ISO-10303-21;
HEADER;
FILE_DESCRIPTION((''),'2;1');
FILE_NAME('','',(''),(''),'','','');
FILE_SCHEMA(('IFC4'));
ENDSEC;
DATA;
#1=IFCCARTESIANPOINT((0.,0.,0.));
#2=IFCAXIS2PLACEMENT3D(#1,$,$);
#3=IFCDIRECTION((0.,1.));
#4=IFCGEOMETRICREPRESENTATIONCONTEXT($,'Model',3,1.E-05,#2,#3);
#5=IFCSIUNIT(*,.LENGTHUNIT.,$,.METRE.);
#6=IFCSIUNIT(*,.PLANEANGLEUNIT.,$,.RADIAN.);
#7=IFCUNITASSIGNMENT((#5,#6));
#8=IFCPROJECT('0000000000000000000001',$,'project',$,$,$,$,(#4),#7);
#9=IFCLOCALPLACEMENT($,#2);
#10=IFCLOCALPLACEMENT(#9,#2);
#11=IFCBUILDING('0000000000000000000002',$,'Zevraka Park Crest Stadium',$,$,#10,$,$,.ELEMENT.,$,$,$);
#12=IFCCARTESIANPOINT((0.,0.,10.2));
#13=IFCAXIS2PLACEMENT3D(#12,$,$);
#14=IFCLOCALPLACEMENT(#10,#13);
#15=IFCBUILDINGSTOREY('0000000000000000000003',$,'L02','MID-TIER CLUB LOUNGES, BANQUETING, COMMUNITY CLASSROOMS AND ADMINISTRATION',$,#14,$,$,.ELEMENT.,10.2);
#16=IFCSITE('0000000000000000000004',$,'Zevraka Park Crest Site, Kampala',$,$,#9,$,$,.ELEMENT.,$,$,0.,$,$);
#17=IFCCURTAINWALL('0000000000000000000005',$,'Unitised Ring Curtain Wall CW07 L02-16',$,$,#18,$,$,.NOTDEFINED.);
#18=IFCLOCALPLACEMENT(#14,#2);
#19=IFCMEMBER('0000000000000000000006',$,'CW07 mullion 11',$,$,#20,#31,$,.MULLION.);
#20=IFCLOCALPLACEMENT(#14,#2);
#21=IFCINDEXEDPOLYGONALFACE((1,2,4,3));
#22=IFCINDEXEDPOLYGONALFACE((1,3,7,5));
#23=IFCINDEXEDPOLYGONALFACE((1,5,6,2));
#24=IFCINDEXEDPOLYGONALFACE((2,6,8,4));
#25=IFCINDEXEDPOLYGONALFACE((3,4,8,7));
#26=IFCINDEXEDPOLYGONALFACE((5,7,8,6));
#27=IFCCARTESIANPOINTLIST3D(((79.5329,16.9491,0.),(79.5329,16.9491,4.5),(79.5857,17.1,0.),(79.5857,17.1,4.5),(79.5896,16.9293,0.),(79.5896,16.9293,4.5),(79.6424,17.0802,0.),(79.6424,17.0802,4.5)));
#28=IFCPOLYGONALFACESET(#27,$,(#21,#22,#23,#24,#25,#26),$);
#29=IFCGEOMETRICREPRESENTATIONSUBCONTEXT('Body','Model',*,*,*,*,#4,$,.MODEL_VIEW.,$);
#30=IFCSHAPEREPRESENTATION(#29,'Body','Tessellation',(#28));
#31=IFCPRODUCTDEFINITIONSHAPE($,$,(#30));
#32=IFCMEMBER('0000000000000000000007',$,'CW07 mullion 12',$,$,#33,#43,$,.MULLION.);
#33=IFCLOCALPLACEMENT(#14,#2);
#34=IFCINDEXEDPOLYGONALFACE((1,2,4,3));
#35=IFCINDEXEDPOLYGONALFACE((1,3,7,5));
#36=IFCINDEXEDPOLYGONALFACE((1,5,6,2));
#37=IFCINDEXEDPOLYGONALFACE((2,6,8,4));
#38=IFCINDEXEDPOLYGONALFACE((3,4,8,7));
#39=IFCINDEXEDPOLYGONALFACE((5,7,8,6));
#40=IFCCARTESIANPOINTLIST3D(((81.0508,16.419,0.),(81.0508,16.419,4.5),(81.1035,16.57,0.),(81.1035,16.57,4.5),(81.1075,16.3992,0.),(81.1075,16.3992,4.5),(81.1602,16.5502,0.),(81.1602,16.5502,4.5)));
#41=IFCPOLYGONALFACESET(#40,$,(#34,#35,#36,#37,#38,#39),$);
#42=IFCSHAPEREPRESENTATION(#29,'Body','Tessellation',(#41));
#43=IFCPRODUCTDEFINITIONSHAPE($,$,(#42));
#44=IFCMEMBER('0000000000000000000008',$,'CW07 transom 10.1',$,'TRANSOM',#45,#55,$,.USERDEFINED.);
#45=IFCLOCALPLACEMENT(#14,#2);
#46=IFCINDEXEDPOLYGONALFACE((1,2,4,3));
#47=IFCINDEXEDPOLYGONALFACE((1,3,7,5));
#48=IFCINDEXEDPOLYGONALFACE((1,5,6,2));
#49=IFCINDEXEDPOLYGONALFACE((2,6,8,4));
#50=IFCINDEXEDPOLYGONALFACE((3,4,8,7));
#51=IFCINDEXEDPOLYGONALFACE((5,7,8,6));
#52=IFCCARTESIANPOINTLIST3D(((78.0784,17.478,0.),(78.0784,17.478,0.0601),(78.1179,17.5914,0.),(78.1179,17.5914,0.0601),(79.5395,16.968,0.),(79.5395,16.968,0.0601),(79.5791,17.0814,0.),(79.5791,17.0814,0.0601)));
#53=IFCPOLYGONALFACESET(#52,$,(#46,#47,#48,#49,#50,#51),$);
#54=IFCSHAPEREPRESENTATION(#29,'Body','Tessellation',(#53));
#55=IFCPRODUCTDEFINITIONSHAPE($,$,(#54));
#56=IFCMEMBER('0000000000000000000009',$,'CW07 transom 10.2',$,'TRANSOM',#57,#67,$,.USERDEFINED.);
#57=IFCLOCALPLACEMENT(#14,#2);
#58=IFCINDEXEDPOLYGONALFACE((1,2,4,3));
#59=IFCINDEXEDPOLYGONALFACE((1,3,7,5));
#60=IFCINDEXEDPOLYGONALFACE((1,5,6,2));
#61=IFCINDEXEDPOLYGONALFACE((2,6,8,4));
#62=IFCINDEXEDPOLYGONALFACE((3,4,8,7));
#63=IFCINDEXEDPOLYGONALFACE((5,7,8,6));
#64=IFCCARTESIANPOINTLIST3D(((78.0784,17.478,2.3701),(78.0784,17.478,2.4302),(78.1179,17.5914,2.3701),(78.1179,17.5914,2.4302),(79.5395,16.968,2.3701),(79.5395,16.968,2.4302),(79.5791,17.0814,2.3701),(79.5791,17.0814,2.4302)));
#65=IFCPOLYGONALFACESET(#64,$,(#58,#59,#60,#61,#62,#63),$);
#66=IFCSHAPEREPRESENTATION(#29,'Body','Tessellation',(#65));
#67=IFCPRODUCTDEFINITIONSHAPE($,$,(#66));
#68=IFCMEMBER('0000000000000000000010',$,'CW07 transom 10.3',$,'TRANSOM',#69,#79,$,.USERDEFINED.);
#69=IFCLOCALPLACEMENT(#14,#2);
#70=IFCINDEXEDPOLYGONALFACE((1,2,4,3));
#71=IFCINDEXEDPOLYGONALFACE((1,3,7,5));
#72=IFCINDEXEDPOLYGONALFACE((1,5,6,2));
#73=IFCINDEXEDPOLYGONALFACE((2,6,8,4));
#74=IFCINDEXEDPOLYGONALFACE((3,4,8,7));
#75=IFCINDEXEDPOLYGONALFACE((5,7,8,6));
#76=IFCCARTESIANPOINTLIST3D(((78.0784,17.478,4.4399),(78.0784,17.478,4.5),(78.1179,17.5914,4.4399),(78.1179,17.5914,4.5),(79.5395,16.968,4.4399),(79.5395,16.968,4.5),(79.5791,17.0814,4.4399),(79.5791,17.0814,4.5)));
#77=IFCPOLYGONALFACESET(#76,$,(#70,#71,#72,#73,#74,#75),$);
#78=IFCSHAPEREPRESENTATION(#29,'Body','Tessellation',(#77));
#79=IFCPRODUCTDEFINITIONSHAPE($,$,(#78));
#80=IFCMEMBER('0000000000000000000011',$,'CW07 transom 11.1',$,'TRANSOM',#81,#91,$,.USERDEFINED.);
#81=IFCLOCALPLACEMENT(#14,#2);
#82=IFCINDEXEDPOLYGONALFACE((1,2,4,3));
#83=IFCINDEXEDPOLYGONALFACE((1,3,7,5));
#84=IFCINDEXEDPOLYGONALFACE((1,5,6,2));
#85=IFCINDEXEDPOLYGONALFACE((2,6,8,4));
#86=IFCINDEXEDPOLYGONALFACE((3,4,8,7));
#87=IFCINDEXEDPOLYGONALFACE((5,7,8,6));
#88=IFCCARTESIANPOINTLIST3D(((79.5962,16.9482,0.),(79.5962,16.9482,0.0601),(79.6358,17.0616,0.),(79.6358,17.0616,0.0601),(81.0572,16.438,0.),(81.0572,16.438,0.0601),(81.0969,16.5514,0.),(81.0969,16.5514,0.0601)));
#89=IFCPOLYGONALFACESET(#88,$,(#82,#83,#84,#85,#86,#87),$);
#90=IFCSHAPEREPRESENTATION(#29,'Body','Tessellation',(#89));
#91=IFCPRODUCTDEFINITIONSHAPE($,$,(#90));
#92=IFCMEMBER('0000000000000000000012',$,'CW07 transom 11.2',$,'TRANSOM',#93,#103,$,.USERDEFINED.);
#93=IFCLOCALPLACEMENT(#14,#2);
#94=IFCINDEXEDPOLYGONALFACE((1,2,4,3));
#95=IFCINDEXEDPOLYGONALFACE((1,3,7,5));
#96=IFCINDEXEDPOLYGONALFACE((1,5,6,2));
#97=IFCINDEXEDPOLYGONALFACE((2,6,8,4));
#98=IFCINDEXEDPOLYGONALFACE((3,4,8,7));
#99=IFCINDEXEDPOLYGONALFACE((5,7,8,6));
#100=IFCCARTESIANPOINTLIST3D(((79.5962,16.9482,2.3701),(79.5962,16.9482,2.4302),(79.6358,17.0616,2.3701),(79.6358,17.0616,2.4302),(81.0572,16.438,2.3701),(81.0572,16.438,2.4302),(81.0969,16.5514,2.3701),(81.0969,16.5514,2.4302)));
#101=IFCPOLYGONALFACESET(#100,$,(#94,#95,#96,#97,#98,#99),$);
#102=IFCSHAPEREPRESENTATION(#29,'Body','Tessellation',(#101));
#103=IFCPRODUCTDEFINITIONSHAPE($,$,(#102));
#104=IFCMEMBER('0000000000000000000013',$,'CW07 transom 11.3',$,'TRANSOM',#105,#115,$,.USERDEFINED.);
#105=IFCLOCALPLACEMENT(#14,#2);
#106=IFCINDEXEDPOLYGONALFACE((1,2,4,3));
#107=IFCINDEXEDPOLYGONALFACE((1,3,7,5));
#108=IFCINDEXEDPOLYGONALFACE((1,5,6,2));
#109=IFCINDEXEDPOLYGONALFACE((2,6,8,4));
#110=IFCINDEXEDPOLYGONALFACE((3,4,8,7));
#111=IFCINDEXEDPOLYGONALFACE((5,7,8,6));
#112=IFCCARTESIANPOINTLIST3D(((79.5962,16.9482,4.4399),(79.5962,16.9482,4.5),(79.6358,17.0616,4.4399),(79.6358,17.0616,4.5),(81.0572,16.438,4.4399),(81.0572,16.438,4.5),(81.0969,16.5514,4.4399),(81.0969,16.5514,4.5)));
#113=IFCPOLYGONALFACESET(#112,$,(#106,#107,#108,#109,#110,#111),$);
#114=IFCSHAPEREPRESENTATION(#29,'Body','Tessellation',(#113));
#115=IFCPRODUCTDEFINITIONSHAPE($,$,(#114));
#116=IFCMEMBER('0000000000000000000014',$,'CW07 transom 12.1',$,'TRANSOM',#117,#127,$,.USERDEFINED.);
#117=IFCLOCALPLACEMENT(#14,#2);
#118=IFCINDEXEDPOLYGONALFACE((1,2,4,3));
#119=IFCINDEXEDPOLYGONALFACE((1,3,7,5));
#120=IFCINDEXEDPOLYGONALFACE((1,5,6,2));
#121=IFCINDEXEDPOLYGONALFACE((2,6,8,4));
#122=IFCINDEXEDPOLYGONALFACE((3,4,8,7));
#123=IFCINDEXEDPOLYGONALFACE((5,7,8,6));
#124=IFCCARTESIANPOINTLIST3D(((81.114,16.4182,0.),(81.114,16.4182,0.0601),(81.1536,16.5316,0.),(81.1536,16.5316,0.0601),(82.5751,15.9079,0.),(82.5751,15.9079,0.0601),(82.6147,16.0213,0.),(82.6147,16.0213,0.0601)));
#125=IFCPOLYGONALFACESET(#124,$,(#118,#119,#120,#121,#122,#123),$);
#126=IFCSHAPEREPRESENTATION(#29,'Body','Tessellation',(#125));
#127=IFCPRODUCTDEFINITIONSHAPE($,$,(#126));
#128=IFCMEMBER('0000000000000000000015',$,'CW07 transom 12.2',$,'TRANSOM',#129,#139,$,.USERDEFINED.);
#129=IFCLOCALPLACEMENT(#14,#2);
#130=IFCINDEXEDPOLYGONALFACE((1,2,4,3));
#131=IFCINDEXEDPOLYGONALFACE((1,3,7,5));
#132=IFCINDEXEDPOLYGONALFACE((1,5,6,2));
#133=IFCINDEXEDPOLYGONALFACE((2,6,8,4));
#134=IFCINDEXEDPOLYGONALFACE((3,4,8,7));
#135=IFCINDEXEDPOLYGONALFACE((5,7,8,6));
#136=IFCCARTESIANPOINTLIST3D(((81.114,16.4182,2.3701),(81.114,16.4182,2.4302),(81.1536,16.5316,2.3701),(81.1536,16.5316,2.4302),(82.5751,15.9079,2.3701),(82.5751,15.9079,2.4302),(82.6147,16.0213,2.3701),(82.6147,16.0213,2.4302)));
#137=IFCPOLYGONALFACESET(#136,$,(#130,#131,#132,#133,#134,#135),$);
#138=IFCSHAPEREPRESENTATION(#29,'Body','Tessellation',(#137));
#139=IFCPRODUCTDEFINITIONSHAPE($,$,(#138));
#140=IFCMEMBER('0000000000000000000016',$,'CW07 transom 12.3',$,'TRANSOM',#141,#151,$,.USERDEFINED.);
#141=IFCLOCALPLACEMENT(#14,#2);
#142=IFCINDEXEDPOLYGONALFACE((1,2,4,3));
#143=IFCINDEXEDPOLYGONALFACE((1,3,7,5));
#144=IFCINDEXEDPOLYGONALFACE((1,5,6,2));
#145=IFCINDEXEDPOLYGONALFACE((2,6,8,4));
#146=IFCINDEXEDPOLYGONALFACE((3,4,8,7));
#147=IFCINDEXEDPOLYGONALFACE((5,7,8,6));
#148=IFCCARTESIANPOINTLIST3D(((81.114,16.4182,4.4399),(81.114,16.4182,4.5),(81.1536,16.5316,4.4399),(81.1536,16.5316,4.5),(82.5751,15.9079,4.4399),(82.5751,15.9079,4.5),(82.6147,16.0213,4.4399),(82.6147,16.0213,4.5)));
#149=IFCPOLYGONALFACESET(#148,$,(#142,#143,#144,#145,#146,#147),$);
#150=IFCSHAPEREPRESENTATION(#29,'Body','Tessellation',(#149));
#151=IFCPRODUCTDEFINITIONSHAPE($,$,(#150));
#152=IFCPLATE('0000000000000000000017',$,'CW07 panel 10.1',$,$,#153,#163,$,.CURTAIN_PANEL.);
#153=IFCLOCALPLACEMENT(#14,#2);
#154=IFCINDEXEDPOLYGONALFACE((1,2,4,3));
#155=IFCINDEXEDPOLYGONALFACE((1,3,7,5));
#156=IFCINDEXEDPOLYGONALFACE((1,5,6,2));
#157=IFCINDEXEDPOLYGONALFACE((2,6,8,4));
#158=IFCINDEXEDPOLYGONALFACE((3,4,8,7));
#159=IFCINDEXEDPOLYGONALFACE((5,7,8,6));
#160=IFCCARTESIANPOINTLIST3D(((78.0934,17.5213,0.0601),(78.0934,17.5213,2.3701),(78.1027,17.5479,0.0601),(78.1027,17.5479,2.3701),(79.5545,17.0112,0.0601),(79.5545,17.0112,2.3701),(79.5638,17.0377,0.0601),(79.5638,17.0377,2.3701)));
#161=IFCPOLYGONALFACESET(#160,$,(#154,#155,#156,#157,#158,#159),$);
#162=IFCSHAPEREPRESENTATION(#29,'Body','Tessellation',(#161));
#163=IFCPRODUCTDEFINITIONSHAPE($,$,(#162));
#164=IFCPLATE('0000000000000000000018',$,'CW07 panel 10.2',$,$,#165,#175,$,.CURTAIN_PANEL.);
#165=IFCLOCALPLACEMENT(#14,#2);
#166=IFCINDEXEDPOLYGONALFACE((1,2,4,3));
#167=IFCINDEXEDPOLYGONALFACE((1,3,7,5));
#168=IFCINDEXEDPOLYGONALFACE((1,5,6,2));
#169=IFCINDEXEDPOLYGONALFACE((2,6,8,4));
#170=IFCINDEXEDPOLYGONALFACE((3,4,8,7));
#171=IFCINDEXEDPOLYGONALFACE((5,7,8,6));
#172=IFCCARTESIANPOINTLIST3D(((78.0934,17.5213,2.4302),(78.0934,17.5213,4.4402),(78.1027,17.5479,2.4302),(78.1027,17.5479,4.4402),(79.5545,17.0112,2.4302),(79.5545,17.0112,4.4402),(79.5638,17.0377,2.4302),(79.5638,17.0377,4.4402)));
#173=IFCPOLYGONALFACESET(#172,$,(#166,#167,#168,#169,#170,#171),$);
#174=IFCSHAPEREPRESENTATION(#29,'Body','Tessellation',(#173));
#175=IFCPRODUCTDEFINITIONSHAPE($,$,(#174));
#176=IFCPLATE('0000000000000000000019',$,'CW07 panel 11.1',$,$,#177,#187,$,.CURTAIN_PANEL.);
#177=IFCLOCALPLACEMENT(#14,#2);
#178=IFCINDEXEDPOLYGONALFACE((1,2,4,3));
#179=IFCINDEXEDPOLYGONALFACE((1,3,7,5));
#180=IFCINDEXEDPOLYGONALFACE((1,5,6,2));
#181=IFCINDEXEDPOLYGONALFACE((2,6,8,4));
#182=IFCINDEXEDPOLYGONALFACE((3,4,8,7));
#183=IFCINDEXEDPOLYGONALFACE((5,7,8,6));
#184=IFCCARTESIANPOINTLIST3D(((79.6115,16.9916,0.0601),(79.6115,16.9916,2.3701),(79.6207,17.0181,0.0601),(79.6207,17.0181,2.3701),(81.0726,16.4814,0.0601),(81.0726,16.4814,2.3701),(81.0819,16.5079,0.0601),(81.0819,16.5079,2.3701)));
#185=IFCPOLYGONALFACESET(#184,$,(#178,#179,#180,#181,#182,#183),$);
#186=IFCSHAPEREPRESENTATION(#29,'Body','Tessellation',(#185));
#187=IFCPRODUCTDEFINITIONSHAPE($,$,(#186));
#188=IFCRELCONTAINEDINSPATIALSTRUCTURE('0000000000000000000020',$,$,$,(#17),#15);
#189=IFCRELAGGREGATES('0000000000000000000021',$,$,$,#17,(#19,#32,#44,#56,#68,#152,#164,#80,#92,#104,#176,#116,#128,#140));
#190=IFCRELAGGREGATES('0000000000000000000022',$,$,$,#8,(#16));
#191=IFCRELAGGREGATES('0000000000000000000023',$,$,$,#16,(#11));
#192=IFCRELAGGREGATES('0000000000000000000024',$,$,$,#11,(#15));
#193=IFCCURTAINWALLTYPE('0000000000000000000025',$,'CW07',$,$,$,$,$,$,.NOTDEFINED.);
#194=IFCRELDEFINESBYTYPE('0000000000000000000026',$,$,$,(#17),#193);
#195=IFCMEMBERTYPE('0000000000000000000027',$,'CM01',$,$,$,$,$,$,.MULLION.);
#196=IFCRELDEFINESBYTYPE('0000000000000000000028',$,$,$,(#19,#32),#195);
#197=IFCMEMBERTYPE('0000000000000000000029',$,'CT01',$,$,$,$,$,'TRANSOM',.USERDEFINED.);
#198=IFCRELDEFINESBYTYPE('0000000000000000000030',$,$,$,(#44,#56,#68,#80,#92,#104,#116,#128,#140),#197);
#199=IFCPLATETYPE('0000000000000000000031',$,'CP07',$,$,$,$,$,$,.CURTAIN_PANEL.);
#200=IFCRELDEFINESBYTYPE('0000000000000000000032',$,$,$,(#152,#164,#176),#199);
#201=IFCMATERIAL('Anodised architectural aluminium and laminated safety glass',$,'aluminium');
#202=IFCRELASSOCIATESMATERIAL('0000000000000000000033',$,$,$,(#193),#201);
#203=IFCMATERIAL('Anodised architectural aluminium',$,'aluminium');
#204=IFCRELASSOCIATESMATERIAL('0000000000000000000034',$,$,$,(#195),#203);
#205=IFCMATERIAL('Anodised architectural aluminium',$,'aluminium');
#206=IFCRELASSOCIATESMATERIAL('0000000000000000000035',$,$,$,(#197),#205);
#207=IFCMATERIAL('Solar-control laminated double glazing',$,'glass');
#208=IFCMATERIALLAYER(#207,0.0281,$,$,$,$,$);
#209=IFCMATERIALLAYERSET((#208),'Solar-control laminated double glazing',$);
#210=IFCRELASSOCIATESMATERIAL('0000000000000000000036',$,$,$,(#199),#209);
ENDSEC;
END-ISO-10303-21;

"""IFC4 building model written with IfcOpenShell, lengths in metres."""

from ifc_helpers import new_model, si_unit, direction, frame, origin, origin_2d, place, context, subcontext, project, spatial, rectangle, extrude, material, layer, layer_set, material_profile, profile_set, type_object, element, aggregate, save


model = new_model("IFC4")

# Units and contexts
model_context = context("Model", 3, precision=1e-05, world=origin(), true_north=direction((0.0, 1.0)))
body_context = subcontext(model_context, "Body", "Model", "MODEL_VIEW")
ifc_project = project(units=[si_unit("LENGTHUNIT", "METRE"), si_unit("PLANEANGLEUNIT", "RADIAN")], contexts=[model_context])

# Site, building, storey
site_placement = place(None, origin())
site = spatial("IfcSite", under=ifc_project, at=site_placement, Name="Zevraka Park Crest Site, Kampala", CompositionType="ELEMENT", RefElevation=0.0)
building_placement = place(site_placement, origin())
building = spatial("IfcBuilding", under=site, at=building_placement, Name="Zevraka Park Crest Stadium", CompositionType="ELEMENT")
storey_placement = place(building_placement, frame((0.0, 0.0, 10.2)))
storey = spatial("IfcBuildingStorey", under=building, at=storey_placement, Name="L02", Description="MID-TIER CLUB LOUNGES, BANQUETING, COMMUNITY CLASSROOMS AND ADMINISTRATION", CompositionType="ELEMENT", Elevation=10.2)

# Curtain wall, members, plates
ifc_material_1 = material(Name="Anodised architectural aluminium and laminated safety glass", Category="aluminium")
curtain_wall_type = type_object("IfcCurtainWallType", Name="CW07", PredefinedType="NOTDEFINED", material=ifc_material_1)
curtain_wall_placement = place(storey_placement, origin())
curtain_wall = element("IfcCurtainWall", 1, at=curtain_wall_placement, inside=storey, type_object=curtain_wall_type, Name="Unitised Ring Curtain Wall CW07 L02-16", PredefinedType="NOTDEFINED")
ifc_material_2 = material(Name="Anodised architectural aluminium", Category="aluminium")
ifc_material_profile_1 = material_profile(ifc_material_2, rectangle(XDim=0.1599, YDim=0.0601, at=origin_2d()), Name="ALU MULLION 160x60")
ifc_profile_set_1 = profile_set([ifc_material_profile_1], Name="Anodised architectural aluminium")
member_type_1 = type_object("IfcMemberType", Name="CM01", PredefinedType="MULLION", material=ifc_profile_set_1)
member_1_placement = place(storey_placement, frame((79.5876, 17.0146, 0.0), z_axis=(0.0, 0.0, 1.0), x_axis=(0.329619, 0.944114, 0.0)))
member_1 = element("IfcMember", 2, at=member_1_placement, type_object=member_type_1, Name="CW07 mullion 11", PredefinedType="MULLION", context=body_context, shape_type="SweptSolid", body=[
    extrude(rectangle(XDim=0.1599, YDim=0.0601, at=origin_2d()), origin(), (0.0, 0.0, 1.0), 4.5),
])
member_2_placement = place(storey_placement, frame((81.1055, 16.4846, 0.0), z_axis=(0.0, 0.0, 1.0), x_axis=(0.329619, 0.944114, 0.0)))
member_2 = element("IfcMember", 3, at=member_2_placement, type_object=member_type_1, Name="CW07 mullion 12", PredefinedType="MULLION", context=body_context, shape_type="SweptSolid", body=[
    extrude(rectangle(XDim=0.1599, YDim=0.0601, at=origin_2d()), origin(), (0.0, 0.0, 1.0), 4.5),
])
ifc_material_3 = material(Name="Anodised architectural aluminium", Category="aluminium")
ifc_material_profile_2 = material_profile(ifc_material_3, rectangle(XDim=0.1201, YDim=0.0601, at=origin_2d()), Name="ALU TRANSOM 120x60")
ifc_profile_set_2 = profile_set([ifc_material_profile_2], Name="Anodised architectural aluminium")
member_type_2 = type_object("IfcMemberType", Name="CT01", ElementType="TRANSOM", PredefinedType="USERDEFINED", material=ifc_profile_set_2)
member_3_placement = place(storey_placement, frame((78.0981, 17.5347, 0.03), z_axis=(0.944141, -0.329542, 0.0), x_axis=(0.329542, 0.944141, 0.0)))
member_3 = element("IfcMember", 4, at=member_3_placement, type_object=member_type_2, Name="CW07 transom 10.1", ObjectType="TRANSOM", PredefinedType="USERDEFINED", context=body_context, shape_type="SweptSolid", body=[
    extrude(rectangle(XDim=0.1201, YDim=0.0601, at=origin_2d()), origin(), (0.0, 0.0, 1.0), 1.5476),
])
member_4_placement = place(storey_placement, frame((78.0981, 17.5347, 2.4001), z_axis=(0.944141, -0.329542, 0.0), x_axis=(0.329542, 0.944141, 0.0)))
member_4 = element("IfcMember", 5, at=member_4_placement, type_object=member_type_2, Name="CW07 transom 10.2", ObjectType="TRANSOM", PredefinedType="USERDEFINED", context=body_context, shape_type="SweptSolid", body=[
    extrude(rectangle(XDim=0.1201, YDim=0.0601, at=origin_2d()), origin(), (0.0, 0.0, 1.0), 1.5476),
])
member_5_placement = place(storey_placement, frame((78.0981, 17.5347, 4.47), z_axis=(0.944141, -0.329542, 0.0), x_axis=(0.329542, 0.944141, 0.0)))
member_5 = element("IfcMember", 6, at=member_5_placement, type_object=member_type_2, Name="CW07 transom 10.3", ObjectType="TRANSOM", PredefinedType="USERDEFINED", context=body_context, shape_type="SweptSolid", body=[
    extrude(rectangle(XDim=0.1201, YDim=0.0601, at=origin_2d()), origin(), (0.0, 0.0, 1.0), 1.5476),
])
member_6_placement = place(storey_placement, frame((79.616, 17.0049, 0.03), z_axis=(0.944092, -0.329683, 0.0), x_axis=(0.329683, 0.944092, 0.0)))
member_6 = element("IfcMember", 7, at=member_6_placement, type_object=member_type_2, Name="CW07 transom 11.1", ObjectType="TRANSOM", PredefinedType="USERDEFINED", context=body_context, shape_type="SweptSolid", body=[
    extrude(rectangle(XDim=0.1201, YDim=0.0601, at=origin_2d()), origin(), (0.0, 0.0, 1.0), 1.5476),
])
member_7_placement = place(storey_placement, frame((79.616, 17.0049, 2.4001), z_axis=(0.944092, -0.329683, 0.0), x_axis=(0.329683, 0.944092, 0.0)))
member_7 = element("IfcMember", 8, at=member_7_placement, type_object=member_type_2, Name="CW07 transom 11.2", ObjectType="TRANSOM", PredefinedType="USERDEFINED", context=body_context, shape_type="SweptSolid", body=[
    extrude(rectangle(XDim=0.1201, YDim=0.0601, at=origin_2d()), origin(), (0.0, 0.0, 1.0), 1.5476),
])
member_8_placement = place(storey_placement, frame((79.616, 17.0049, 4.47), z_axis=(0.944092, -0.329683, 0.0), x_axis=(0.329683, 0.944092, 0.0)))
member_8 = element("IfcMember", 9, at=member_8_placement, type_object=member_type_2, Name="CW07 transom 11.3", ObjectType="TRANSOM", PredefinedType="USERDEFINED", context=body_context, shape_type="SweptSolid", body=[
    extrude(rectangle(XDim=0.1201, YDim=0.0601, at=origin_2d()), origin(), (0.0, 0.0, 1.0), 1.5476),
])
member_9_placement = place(storey_placement, frame((81.1338, 16.4749, 0.03), z_axis=(0.944092, -0.329683, 0.0), x_axis=(0.329683, 0.944092, 0.0)))
member_9 = element("IfcMember", 10, at=member_9_placement, type_object=member_type_2, Name="CW07 transom 12.1", ObjectType="TRANSOM", PredefinedType="USERDEFINED", context=body_context, shape_type="SweptSolid", body=[
    extrude(rectangle(XDim=0.1201, YDim=0.0601, at=origin_2d()), origin(), (0.0, 0.0, 1.0), 1.5476),
])
member_10_placement = place(storey_placement, frame((81.1338, 16.4749, 2.4001), z_axis=(0.944092, -0.329683, 0.0), x_axis=(0.329683, 0.944092, 0.0)))
member_10 = element("IfcMember", 11, at=member_10_placement, type_object=member_type_2, Name="CW07 transom 12.2", ObjectType="TRANSOM", PredefinedType="USERDEFINED", context=body_context, shape_type="SweptSolid", body=[
    extrude(rectangle(XDim=0.1201, YDim=0.0601, at=origin_2d()), origin(), (0.0, 0.0, 1.0), 1.5476),
])
member_11_placement = place(storey_placement, frame((81.1338, 16.4749, 4.47), z_axis=(0.944092, -0.329683, 0.0), x_axis=(0.329683, 0.944092, 0.0)))
member_11 = element("IfcMember", 12, at=member_11_placement, type_object=member_type_2, Name="CW07 transom 12.3", ObjectType="TRANSOM", PredefinedType="USERDEFINED", context=body_context, shape_type="SweptSolid", body=[
    extrude(rectangle(XDim=0.1201, YDim=0.0601, at=origin_2d()), origin(), (0.0, 0.0, 1.0), 1.5476),
])
ifc_material_4 = material(Name="Solar-control laminated double glazing", Category="glass")
ifc_layer_1 = layer(ifc_material_4, 0.0281)
ifc_layer_set_1 = layer_set([ifc_layer_1], Name="Solar-control laminated double glazing")
plate_type = type_object("IfcPlateType", Name="CP07", PredefinedType="CURTAIN_PANEL", material=ifc_layer_set_1)
plate_1_placement = place(storey_placement, frame((78.8286, 17.2795, 0.0601), z_axis=(0.0, 0.0, 1.0), x_axis=(0.944114, -0.329619, 0.0)))
plate_1 = element("IfcPlate", 13, at=plate_1_placement, type_object=plate_type, Name="CW07 panel 10.1", PredefinedType="CURTAIN_PANEL", context=body_context, shape_type="SweptSolid", body=[
    extrude(rectangle(XDim=1.5476, YDim=0.0281, at=origin_2d()), origin(), (0.0, 0.0, 1.0), 2.3101),
])
plate_2_placement = place(storey_placement, frame((78.8286, 17.2795, 2.4302), z_axis=(0.0, 0.0, 1.0), x_axis=(0.944114, -0.329619, 0.0)))
plate_2 = element("IfcPlate", 14, at=plate_2_placement, type_object=plate_type, Name="CW07 panel 10.2", PredefinedType="CURTAIN_PANEL", context=body_context, shape_type="SweptSolid", body=[
    extrude(rectangle(XDim=1.5476, YDim=0.0281, at=origin_2d()), origin(), (0.0, 0.0, 1.0), 2.01),
])
plate_3_placement = place(storey_placement, frame((80.3467, 16.7498, 0.0601), z_axis=(0.0, 0.0, 1.0), x_axis=(0.944114, -0.329619, 0.0)))
plate_3 = element("IfcPlate", 15, at=plate_3_placement, type_object=plate_type, Name="CW07 panel 11.1", PredefinedType="CURTAIN_PANEL", context=body_context, shape_type="SweptSolid", body=[
    extrude(rectangle(XDim=1.5476, YDim=0.0281, at=origin_2d()), origin(), (0.0, 0.0, 1.0), 2.3101),
])
aggregate(curtain_wall, [member_1, member_2, member_3, member_4, member_5, plate_1, plate_2, member_6, member_7, member_8, plate_3, member_9, member_10, member_11])

save(model, "model.ifc")
